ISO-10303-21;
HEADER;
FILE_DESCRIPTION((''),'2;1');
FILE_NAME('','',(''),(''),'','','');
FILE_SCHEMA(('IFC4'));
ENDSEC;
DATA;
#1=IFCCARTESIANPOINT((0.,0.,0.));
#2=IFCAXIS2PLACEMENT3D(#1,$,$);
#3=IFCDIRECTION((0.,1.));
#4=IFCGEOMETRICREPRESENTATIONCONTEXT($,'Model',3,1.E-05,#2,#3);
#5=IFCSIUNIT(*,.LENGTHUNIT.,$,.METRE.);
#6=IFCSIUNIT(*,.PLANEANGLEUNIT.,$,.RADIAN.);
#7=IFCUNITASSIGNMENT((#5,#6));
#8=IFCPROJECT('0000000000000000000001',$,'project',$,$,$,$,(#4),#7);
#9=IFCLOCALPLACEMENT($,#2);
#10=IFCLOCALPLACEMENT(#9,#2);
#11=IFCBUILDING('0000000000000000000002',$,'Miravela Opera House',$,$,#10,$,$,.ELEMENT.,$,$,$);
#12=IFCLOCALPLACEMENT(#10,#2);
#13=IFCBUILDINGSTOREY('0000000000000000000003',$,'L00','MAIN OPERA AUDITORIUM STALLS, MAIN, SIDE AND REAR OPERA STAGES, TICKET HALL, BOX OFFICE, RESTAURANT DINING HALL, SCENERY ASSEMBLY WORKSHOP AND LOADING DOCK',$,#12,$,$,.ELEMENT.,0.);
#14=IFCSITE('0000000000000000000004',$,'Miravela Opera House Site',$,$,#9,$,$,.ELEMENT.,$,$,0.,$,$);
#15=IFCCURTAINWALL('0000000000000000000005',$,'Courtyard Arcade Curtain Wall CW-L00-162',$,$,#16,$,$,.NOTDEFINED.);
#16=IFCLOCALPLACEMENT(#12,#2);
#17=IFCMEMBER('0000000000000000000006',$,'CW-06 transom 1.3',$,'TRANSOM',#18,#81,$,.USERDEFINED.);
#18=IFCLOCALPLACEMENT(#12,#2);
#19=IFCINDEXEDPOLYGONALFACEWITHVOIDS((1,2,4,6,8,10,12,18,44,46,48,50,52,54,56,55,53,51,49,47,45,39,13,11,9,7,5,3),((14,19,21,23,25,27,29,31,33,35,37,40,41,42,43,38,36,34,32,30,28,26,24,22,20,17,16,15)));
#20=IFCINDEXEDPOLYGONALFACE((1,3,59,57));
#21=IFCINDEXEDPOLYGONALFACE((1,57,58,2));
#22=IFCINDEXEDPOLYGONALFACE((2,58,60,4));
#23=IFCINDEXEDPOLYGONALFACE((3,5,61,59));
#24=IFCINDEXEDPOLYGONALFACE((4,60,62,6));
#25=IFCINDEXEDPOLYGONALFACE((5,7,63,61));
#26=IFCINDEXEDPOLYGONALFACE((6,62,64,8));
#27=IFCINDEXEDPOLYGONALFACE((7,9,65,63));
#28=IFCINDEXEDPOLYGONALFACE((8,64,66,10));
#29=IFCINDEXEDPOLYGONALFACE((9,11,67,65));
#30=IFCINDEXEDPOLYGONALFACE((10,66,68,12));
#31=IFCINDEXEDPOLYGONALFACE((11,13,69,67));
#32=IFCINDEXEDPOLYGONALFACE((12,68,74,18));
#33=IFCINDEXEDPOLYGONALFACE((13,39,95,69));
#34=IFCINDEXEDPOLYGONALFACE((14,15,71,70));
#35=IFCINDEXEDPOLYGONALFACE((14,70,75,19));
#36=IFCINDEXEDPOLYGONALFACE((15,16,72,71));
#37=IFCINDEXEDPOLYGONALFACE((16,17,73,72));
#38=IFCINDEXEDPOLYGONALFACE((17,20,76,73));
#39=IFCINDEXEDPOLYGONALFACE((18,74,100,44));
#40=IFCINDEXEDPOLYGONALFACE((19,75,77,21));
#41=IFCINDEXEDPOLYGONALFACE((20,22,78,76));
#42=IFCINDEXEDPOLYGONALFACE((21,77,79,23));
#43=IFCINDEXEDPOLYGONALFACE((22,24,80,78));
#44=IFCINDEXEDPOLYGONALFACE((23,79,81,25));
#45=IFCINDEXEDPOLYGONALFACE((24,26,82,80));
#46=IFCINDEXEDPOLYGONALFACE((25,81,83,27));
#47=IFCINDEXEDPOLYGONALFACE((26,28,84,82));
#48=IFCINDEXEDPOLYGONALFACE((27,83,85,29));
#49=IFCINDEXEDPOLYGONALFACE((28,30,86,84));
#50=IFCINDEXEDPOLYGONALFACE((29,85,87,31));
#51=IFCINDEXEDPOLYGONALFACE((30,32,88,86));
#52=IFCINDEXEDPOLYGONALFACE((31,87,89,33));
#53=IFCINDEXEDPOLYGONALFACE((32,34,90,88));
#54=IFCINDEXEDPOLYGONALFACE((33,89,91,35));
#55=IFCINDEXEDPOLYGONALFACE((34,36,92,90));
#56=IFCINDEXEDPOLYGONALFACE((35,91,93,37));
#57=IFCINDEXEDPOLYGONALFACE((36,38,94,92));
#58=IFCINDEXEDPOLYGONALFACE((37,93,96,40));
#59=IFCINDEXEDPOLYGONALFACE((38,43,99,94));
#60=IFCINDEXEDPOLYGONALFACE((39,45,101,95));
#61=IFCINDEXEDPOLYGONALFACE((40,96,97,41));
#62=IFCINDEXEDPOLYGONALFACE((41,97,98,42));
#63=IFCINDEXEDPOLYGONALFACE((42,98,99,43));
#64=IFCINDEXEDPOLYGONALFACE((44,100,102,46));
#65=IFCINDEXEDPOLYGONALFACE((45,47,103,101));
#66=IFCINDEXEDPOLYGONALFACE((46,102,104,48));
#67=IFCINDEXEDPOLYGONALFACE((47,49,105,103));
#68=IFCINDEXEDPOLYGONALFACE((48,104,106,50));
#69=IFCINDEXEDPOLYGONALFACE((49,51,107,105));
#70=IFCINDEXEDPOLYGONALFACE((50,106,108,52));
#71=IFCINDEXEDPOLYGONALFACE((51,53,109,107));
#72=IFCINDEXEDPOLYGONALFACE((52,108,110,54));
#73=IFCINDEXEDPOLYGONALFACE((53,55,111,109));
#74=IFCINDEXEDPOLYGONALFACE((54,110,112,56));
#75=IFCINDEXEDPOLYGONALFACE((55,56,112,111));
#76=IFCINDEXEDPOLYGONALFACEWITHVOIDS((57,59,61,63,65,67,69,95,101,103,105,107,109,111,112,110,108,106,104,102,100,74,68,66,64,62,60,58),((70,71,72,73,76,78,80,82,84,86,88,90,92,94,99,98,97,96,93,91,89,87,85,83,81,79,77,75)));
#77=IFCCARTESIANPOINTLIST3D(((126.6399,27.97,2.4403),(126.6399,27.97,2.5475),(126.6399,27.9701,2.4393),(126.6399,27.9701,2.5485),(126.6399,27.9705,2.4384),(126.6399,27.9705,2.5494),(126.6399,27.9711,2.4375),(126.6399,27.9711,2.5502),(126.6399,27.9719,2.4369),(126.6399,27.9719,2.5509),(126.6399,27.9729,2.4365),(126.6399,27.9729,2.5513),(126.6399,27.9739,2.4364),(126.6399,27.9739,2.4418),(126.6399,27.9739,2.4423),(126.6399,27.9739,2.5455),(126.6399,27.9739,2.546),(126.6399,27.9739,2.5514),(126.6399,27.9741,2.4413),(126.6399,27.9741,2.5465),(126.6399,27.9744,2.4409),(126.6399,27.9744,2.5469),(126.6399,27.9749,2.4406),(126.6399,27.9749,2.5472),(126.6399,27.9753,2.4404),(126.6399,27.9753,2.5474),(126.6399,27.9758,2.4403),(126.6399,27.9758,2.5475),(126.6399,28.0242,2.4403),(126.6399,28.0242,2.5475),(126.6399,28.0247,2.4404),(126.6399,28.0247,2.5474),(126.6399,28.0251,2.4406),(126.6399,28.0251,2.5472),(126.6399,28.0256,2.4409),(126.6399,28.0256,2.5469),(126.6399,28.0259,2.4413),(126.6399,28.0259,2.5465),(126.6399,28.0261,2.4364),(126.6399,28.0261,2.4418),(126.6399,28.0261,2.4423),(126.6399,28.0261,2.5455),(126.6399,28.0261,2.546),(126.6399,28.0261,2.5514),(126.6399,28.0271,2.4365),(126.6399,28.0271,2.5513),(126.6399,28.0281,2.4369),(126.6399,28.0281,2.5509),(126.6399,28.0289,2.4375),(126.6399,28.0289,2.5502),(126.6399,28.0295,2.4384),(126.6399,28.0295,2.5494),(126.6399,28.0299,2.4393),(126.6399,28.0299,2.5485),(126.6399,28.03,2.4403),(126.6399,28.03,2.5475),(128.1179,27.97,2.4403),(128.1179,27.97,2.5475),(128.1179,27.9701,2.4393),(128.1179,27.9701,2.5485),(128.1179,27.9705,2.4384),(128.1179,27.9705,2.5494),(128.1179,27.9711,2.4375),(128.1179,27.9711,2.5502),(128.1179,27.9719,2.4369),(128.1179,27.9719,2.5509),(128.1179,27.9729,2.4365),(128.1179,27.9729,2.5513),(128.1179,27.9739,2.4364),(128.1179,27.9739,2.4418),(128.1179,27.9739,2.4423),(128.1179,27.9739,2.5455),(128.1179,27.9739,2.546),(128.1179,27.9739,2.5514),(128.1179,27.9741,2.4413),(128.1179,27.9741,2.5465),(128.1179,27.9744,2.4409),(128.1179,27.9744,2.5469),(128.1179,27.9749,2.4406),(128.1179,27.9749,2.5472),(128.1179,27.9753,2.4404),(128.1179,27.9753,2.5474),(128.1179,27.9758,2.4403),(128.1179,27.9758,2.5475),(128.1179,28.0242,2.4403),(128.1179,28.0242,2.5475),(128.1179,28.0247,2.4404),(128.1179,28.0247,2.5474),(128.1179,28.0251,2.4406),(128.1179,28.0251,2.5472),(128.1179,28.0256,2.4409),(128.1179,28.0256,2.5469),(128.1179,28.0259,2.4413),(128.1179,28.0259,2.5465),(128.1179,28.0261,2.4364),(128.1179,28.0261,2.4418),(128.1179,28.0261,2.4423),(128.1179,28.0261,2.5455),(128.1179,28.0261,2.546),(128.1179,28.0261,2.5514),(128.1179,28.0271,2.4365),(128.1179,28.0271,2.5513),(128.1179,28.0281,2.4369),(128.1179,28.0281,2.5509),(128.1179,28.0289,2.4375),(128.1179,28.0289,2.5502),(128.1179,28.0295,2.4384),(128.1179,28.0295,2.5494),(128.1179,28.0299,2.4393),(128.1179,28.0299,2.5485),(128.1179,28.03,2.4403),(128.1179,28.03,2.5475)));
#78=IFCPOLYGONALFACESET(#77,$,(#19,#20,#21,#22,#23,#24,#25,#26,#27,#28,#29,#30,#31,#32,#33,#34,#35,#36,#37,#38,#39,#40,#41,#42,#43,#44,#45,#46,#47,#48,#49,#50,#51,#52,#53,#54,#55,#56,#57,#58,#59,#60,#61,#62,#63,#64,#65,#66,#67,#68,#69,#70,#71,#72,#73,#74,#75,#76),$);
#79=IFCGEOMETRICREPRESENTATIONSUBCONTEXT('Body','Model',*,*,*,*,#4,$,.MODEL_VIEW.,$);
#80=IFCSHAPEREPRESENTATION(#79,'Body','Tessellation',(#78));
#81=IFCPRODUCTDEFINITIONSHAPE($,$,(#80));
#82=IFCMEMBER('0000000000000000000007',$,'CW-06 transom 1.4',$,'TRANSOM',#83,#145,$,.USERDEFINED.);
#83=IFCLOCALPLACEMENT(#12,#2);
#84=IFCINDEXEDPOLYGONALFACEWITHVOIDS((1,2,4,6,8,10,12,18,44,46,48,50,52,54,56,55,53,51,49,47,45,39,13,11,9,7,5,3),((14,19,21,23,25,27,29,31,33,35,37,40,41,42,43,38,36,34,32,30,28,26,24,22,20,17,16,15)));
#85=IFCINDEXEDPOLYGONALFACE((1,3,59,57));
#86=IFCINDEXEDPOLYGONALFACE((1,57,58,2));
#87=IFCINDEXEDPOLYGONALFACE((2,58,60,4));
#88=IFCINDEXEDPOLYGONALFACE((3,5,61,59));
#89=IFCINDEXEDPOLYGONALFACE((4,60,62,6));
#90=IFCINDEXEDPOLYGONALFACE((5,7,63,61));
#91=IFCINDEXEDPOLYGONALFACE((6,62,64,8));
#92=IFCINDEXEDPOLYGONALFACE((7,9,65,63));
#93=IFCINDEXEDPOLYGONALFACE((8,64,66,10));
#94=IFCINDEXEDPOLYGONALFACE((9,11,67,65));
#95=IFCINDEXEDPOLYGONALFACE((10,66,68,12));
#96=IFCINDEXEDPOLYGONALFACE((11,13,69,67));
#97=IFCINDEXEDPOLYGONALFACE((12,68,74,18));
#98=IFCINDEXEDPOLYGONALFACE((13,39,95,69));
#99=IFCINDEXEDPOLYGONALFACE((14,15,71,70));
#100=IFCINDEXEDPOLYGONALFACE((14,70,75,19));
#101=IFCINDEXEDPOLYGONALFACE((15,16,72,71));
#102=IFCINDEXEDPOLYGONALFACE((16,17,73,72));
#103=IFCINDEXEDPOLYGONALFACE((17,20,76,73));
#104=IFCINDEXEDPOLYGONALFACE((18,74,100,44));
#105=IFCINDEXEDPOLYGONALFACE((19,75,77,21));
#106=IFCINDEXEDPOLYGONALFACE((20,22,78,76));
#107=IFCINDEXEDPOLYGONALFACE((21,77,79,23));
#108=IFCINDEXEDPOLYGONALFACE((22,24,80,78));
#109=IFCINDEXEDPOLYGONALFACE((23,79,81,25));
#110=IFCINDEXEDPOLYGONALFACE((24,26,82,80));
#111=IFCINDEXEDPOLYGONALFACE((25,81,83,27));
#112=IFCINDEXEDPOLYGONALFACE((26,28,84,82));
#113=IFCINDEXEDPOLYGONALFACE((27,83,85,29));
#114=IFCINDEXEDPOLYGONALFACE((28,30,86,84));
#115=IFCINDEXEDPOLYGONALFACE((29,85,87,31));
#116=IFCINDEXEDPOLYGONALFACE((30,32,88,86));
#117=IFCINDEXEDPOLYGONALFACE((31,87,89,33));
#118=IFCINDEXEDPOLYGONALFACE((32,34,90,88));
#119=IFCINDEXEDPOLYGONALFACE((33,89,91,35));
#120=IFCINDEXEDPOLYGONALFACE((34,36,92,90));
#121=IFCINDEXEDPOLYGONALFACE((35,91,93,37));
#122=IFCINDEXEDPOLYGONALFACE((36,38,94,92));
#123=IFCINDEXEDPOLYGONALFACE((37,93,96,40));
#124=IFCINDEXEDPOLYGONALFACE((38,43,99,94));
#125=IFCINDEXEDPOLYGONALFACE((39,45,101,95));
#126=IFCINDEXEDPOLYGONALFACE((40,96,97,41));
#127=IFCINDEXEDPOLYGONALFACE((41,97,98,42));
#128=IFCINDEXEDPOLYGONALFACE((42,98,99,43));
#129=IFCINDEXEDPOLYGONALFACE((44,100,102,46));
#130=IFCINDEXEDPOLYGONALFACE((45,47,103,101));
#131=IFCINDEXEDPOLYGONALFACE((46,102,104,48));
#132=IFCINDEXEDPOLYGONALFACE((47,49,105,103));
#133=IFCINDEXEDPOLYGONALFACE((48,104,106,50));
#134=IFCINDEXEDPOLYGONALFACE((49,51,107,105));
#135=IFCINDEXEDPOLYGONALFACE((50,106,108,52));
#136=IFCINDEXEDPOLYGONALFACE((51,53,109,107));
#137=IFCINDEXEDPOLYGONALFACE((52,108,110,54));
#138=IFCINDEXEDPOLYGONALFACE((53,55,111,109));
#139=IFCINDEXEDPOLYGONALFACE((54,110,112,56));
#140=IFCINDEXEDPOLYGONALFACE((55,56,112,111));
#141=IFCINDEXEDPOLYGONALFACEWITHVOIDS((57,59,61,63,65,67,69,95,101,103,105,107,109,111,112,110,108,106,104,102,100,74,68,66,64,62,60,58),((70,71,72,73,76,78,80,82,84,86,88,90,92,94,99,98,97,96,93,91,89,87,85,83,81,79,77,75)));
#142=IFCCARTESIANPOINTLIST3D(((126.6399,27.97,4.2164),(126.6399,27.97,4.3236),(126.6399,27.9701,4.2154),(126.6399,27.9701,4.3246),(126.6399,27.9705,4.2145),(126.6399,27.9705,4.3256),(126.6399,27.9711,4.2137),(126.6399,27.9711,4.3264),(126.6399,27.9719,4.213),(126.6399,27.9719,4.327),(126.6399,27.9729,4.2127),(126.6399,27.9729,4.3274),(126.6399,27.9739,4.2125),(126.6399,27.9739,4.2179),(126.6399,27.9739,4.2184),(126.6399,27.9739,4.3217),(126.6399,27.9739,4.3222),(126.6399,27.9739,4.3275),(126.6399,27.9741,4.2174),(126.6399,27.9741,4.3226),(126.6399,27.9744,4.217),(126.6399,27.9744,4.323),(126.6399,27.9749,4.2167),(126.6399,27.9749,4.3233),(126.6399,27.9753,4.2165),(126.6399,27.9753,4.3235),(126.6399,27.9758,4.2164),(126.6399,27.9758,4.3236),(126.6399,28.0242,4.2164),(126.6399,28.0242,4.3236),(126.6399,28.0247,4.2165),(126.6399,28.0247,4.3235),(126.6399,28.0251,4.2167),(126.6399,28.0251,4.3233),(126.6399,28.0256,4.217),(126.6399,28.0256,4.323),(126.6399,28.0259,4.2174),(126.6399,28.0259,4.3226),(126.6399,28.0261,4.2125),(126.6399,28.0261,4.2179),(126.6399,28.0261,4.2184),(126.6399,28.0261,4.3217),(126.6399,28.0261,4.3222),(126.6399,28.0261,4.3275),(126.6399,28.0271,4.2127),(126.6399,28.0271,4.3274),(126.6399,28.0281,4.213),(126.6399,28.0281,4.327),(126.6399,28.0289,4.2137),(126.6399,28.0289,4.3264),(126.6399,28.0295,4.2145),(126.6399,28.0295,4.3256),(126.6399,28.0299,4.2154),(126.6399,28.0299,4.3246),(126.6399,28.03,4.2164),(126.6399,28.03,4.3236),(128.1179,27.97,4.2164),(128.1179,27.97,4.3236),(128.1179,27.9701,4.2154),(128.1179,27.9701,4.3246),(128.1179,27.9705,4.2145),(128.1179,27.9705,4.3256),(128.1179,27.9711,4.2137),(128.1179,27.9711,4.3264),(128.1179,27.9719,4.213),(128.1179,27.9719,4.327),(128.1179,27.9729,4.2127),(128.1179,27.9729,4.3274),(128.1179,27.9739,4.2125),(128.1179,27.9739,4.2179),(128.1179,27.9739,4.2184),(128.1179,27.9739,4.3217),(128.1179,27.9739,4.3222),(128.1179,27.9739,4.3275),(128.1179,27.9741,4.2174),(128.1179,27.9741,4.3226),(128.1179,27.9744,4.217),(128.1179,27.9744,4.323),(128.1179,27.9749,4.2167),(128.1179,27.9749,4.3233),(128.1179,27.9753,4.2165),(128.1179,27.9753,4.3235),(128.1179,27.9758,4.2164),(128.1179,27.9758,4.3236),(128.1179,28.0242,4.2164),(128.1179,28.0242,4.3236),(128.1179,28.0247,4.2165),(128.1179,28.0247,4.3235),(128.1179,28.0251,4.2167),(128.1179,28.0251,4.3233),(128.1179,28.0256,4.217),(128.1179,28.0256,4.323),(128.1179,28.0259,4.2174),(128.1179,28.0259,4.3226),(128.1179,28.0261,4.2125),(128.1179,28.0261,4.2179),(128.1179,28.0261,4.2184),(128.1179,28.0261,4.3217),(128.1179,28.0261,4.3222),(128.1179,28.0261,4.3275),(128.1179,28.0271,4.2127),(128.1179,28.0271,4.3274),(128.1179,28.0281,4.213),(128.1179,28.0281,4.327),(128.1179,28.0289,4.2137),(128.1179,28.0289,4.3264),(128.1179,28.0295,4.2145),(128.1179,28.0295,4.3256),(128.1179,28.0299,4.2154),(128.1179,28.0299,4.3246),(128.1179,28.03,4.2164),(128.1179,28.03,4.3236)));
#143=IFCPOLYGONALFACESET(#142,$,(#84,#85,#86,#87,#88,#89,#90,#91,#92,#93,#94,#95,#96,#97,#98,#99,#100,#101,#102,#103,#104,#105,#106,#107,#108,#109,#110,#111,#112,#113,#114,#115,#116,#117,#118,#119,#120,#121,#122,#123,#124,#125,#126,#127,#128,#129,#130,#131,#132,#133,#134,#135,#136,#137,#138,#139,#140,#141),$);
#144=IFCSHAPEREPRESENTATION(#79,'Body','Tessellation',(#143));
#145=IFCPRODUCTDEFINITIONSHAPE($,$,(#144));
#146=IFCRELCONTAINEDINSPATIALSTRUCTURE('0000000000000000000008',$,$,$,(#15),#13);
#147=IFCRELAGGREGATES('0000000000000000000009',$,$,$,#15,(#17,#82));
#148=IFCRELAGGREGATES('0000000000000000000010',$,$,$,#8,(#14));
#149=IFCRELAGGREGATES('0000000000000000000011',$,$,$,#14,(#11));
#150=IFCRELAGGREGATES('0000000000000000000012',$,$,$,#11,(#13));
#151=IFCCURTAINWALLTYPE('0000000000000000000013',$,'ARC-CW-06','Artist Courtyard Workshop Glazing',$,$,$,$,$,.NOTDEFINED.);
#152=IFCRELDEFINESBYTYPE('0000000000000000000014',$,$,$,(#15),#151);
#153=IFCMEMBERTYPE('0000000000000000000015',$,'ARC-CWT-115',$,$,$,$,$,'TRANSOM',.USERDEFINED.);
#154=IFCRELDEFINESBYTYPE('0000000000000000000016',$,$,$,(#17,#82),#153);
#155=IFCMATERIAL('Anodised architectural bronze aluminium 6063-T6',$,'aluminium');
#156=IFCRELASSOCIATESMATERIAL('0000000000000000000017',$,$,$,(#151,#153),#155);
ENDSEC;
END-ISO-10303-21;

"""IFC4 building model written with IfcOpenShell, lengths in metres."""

from ifc_helpers import new_model, si_unit, direction, frame, origin, origin_2d, place, context, subcontext, project, spatial, hollow_rectangle, extrude, material, material_profile, profile_set, type_object, element, aggregate, save


model = new_model("IFC4")

# Units and contexts
model_context = context("Model", 3, precision=1e-05, world=origin(), true_north=direction((0.0, 1.0)))
body_context = subcontext(model_context, "Body", "Model", "MODEL_VIEW")
ifc_project = project(units=[si_unit("LENGTHUNIT", "METRE"), si_unit("PLANEANGLEUNIT", "RADIAN")], contexts=[model_context])

# Site, building, storey
site_placement = place(None, origin())
site = spatial("IfcSite", under=ifc_project, at=site_placement, Name="Miravela Opera House Site", CompositionType="ELEMENT", RefElevation=0.0)
building_placement = place(site_placement, origin())
building = spatial("IfcBuilding", under=site, at=building_placement, Name="Miravela Opera House", CompositionType="ELEMENT")
storey_placement = place(building_placement, origin())
storey = spatial("IfcBuildingStorey", under=building, at=storey_placement, Name="L00", Description="MAIN OPERA AUDITORIUM STALLS, MAIN, SIDE AND REAR OPERA STAGES, TICKET HALL, BOX OFFICE, RESTAURANT DINING HALL, SCENERY ASSEMBLY WORKSHOP AND LOADING DOCK", CompositionType="ELEMENT", Elevation=0.0)

# Shared definitions
ifc_material_1 = material(Name="Anodised architectural bronze aluminium 6063-T6", Category="aluminium")
curtain_wall_type = type_object("IfcCurtainWallType", Name="ARC-CW-06", Description="Artist Courtyard Workshop Glazing", PredefinedType="NOTDEFINED", material=ifc_material_1)

# Curtain wall, members
curtain_wall_1_placement = place(storey_placement, origin())
curtain_wall_1 = element("IfcCurtainWall", 1, at=curtain_wall_1_placement, inside=storey, type_object=curtain_wall_type, Name="Courtyard Arcade Curtain Wall CW-L00-162", PredefinedType="NOTDEFINED")
ifc_material_profile_1 = material_profile(ifc_material_1, hollow_rectangle(XDim=0.0601, YDim=0.115, WallThickness=0.0039, InnerFilletRadius=0.002, OuterFilletRadius=0.0039, at=origin_2d()), Name="CWT-60X115")
ifc_profile_set_1 = profile_set([ifc_material_profile_1])
member_type_1 = type_object("IfcMemberType", Name="ARC-CWT-115", ElementType="TRANSOM", PredefinedType="USERDEFINED", material=ifc_profile_set_1)
member_1_placement = place(storey_placement, frame((126.6399, 28.0, 2.4939), z_axis=(1.0, 0.0, 0.0), x_axis=(0.0, 1.0, 0.0)))
member_1 = element("IfcMember", 2, at=member_1_placement, type_object=member_type_1, Name="CW-06 transom 1.3", ObjectType="TRANSOM", PredefinedType="USERDEFINED", context=body_context, shape_type="SweptSolid", body=[
    extrude(hollow_rectangle(XDim=0.0601, YDim=0.115, WallThickness=0.0039, InnerFilletRadius=0.002, OuterFilletRadius=0.0039, at=origin_2d()), origin(), (0.0, 0.0, 1.0), 1.478),
])
member_2_placement = place(storey_placement, frame((126.6399, 28.0, 4.27), z_axis=(1.0, 0.0, 0.0), x_axis=(0.0, 1.0, 0.0)))
member_2 = element("IfcMember", 3, at=member_2_placement, type_object=member_type_1, Name="CW-06 transom 1.4", ObjectType="TRANSOM", PredefinedType="USERDEFINED", context=body_context, shape_type="SweptSolid", body=[
    extrude(hollow_rectangle(XDim=0.0601, YDim=0.115, WallThickness=0.0039, InnerFilletRadius=0.002, OuterFilletRadius=0.0039, at=origin_2d()), origin(), (0.0, 0.0, 1.0), 1.478),
])

aggregate(curtain_wall_1, [member_1, member_2])

save(model, "model.ifc")
